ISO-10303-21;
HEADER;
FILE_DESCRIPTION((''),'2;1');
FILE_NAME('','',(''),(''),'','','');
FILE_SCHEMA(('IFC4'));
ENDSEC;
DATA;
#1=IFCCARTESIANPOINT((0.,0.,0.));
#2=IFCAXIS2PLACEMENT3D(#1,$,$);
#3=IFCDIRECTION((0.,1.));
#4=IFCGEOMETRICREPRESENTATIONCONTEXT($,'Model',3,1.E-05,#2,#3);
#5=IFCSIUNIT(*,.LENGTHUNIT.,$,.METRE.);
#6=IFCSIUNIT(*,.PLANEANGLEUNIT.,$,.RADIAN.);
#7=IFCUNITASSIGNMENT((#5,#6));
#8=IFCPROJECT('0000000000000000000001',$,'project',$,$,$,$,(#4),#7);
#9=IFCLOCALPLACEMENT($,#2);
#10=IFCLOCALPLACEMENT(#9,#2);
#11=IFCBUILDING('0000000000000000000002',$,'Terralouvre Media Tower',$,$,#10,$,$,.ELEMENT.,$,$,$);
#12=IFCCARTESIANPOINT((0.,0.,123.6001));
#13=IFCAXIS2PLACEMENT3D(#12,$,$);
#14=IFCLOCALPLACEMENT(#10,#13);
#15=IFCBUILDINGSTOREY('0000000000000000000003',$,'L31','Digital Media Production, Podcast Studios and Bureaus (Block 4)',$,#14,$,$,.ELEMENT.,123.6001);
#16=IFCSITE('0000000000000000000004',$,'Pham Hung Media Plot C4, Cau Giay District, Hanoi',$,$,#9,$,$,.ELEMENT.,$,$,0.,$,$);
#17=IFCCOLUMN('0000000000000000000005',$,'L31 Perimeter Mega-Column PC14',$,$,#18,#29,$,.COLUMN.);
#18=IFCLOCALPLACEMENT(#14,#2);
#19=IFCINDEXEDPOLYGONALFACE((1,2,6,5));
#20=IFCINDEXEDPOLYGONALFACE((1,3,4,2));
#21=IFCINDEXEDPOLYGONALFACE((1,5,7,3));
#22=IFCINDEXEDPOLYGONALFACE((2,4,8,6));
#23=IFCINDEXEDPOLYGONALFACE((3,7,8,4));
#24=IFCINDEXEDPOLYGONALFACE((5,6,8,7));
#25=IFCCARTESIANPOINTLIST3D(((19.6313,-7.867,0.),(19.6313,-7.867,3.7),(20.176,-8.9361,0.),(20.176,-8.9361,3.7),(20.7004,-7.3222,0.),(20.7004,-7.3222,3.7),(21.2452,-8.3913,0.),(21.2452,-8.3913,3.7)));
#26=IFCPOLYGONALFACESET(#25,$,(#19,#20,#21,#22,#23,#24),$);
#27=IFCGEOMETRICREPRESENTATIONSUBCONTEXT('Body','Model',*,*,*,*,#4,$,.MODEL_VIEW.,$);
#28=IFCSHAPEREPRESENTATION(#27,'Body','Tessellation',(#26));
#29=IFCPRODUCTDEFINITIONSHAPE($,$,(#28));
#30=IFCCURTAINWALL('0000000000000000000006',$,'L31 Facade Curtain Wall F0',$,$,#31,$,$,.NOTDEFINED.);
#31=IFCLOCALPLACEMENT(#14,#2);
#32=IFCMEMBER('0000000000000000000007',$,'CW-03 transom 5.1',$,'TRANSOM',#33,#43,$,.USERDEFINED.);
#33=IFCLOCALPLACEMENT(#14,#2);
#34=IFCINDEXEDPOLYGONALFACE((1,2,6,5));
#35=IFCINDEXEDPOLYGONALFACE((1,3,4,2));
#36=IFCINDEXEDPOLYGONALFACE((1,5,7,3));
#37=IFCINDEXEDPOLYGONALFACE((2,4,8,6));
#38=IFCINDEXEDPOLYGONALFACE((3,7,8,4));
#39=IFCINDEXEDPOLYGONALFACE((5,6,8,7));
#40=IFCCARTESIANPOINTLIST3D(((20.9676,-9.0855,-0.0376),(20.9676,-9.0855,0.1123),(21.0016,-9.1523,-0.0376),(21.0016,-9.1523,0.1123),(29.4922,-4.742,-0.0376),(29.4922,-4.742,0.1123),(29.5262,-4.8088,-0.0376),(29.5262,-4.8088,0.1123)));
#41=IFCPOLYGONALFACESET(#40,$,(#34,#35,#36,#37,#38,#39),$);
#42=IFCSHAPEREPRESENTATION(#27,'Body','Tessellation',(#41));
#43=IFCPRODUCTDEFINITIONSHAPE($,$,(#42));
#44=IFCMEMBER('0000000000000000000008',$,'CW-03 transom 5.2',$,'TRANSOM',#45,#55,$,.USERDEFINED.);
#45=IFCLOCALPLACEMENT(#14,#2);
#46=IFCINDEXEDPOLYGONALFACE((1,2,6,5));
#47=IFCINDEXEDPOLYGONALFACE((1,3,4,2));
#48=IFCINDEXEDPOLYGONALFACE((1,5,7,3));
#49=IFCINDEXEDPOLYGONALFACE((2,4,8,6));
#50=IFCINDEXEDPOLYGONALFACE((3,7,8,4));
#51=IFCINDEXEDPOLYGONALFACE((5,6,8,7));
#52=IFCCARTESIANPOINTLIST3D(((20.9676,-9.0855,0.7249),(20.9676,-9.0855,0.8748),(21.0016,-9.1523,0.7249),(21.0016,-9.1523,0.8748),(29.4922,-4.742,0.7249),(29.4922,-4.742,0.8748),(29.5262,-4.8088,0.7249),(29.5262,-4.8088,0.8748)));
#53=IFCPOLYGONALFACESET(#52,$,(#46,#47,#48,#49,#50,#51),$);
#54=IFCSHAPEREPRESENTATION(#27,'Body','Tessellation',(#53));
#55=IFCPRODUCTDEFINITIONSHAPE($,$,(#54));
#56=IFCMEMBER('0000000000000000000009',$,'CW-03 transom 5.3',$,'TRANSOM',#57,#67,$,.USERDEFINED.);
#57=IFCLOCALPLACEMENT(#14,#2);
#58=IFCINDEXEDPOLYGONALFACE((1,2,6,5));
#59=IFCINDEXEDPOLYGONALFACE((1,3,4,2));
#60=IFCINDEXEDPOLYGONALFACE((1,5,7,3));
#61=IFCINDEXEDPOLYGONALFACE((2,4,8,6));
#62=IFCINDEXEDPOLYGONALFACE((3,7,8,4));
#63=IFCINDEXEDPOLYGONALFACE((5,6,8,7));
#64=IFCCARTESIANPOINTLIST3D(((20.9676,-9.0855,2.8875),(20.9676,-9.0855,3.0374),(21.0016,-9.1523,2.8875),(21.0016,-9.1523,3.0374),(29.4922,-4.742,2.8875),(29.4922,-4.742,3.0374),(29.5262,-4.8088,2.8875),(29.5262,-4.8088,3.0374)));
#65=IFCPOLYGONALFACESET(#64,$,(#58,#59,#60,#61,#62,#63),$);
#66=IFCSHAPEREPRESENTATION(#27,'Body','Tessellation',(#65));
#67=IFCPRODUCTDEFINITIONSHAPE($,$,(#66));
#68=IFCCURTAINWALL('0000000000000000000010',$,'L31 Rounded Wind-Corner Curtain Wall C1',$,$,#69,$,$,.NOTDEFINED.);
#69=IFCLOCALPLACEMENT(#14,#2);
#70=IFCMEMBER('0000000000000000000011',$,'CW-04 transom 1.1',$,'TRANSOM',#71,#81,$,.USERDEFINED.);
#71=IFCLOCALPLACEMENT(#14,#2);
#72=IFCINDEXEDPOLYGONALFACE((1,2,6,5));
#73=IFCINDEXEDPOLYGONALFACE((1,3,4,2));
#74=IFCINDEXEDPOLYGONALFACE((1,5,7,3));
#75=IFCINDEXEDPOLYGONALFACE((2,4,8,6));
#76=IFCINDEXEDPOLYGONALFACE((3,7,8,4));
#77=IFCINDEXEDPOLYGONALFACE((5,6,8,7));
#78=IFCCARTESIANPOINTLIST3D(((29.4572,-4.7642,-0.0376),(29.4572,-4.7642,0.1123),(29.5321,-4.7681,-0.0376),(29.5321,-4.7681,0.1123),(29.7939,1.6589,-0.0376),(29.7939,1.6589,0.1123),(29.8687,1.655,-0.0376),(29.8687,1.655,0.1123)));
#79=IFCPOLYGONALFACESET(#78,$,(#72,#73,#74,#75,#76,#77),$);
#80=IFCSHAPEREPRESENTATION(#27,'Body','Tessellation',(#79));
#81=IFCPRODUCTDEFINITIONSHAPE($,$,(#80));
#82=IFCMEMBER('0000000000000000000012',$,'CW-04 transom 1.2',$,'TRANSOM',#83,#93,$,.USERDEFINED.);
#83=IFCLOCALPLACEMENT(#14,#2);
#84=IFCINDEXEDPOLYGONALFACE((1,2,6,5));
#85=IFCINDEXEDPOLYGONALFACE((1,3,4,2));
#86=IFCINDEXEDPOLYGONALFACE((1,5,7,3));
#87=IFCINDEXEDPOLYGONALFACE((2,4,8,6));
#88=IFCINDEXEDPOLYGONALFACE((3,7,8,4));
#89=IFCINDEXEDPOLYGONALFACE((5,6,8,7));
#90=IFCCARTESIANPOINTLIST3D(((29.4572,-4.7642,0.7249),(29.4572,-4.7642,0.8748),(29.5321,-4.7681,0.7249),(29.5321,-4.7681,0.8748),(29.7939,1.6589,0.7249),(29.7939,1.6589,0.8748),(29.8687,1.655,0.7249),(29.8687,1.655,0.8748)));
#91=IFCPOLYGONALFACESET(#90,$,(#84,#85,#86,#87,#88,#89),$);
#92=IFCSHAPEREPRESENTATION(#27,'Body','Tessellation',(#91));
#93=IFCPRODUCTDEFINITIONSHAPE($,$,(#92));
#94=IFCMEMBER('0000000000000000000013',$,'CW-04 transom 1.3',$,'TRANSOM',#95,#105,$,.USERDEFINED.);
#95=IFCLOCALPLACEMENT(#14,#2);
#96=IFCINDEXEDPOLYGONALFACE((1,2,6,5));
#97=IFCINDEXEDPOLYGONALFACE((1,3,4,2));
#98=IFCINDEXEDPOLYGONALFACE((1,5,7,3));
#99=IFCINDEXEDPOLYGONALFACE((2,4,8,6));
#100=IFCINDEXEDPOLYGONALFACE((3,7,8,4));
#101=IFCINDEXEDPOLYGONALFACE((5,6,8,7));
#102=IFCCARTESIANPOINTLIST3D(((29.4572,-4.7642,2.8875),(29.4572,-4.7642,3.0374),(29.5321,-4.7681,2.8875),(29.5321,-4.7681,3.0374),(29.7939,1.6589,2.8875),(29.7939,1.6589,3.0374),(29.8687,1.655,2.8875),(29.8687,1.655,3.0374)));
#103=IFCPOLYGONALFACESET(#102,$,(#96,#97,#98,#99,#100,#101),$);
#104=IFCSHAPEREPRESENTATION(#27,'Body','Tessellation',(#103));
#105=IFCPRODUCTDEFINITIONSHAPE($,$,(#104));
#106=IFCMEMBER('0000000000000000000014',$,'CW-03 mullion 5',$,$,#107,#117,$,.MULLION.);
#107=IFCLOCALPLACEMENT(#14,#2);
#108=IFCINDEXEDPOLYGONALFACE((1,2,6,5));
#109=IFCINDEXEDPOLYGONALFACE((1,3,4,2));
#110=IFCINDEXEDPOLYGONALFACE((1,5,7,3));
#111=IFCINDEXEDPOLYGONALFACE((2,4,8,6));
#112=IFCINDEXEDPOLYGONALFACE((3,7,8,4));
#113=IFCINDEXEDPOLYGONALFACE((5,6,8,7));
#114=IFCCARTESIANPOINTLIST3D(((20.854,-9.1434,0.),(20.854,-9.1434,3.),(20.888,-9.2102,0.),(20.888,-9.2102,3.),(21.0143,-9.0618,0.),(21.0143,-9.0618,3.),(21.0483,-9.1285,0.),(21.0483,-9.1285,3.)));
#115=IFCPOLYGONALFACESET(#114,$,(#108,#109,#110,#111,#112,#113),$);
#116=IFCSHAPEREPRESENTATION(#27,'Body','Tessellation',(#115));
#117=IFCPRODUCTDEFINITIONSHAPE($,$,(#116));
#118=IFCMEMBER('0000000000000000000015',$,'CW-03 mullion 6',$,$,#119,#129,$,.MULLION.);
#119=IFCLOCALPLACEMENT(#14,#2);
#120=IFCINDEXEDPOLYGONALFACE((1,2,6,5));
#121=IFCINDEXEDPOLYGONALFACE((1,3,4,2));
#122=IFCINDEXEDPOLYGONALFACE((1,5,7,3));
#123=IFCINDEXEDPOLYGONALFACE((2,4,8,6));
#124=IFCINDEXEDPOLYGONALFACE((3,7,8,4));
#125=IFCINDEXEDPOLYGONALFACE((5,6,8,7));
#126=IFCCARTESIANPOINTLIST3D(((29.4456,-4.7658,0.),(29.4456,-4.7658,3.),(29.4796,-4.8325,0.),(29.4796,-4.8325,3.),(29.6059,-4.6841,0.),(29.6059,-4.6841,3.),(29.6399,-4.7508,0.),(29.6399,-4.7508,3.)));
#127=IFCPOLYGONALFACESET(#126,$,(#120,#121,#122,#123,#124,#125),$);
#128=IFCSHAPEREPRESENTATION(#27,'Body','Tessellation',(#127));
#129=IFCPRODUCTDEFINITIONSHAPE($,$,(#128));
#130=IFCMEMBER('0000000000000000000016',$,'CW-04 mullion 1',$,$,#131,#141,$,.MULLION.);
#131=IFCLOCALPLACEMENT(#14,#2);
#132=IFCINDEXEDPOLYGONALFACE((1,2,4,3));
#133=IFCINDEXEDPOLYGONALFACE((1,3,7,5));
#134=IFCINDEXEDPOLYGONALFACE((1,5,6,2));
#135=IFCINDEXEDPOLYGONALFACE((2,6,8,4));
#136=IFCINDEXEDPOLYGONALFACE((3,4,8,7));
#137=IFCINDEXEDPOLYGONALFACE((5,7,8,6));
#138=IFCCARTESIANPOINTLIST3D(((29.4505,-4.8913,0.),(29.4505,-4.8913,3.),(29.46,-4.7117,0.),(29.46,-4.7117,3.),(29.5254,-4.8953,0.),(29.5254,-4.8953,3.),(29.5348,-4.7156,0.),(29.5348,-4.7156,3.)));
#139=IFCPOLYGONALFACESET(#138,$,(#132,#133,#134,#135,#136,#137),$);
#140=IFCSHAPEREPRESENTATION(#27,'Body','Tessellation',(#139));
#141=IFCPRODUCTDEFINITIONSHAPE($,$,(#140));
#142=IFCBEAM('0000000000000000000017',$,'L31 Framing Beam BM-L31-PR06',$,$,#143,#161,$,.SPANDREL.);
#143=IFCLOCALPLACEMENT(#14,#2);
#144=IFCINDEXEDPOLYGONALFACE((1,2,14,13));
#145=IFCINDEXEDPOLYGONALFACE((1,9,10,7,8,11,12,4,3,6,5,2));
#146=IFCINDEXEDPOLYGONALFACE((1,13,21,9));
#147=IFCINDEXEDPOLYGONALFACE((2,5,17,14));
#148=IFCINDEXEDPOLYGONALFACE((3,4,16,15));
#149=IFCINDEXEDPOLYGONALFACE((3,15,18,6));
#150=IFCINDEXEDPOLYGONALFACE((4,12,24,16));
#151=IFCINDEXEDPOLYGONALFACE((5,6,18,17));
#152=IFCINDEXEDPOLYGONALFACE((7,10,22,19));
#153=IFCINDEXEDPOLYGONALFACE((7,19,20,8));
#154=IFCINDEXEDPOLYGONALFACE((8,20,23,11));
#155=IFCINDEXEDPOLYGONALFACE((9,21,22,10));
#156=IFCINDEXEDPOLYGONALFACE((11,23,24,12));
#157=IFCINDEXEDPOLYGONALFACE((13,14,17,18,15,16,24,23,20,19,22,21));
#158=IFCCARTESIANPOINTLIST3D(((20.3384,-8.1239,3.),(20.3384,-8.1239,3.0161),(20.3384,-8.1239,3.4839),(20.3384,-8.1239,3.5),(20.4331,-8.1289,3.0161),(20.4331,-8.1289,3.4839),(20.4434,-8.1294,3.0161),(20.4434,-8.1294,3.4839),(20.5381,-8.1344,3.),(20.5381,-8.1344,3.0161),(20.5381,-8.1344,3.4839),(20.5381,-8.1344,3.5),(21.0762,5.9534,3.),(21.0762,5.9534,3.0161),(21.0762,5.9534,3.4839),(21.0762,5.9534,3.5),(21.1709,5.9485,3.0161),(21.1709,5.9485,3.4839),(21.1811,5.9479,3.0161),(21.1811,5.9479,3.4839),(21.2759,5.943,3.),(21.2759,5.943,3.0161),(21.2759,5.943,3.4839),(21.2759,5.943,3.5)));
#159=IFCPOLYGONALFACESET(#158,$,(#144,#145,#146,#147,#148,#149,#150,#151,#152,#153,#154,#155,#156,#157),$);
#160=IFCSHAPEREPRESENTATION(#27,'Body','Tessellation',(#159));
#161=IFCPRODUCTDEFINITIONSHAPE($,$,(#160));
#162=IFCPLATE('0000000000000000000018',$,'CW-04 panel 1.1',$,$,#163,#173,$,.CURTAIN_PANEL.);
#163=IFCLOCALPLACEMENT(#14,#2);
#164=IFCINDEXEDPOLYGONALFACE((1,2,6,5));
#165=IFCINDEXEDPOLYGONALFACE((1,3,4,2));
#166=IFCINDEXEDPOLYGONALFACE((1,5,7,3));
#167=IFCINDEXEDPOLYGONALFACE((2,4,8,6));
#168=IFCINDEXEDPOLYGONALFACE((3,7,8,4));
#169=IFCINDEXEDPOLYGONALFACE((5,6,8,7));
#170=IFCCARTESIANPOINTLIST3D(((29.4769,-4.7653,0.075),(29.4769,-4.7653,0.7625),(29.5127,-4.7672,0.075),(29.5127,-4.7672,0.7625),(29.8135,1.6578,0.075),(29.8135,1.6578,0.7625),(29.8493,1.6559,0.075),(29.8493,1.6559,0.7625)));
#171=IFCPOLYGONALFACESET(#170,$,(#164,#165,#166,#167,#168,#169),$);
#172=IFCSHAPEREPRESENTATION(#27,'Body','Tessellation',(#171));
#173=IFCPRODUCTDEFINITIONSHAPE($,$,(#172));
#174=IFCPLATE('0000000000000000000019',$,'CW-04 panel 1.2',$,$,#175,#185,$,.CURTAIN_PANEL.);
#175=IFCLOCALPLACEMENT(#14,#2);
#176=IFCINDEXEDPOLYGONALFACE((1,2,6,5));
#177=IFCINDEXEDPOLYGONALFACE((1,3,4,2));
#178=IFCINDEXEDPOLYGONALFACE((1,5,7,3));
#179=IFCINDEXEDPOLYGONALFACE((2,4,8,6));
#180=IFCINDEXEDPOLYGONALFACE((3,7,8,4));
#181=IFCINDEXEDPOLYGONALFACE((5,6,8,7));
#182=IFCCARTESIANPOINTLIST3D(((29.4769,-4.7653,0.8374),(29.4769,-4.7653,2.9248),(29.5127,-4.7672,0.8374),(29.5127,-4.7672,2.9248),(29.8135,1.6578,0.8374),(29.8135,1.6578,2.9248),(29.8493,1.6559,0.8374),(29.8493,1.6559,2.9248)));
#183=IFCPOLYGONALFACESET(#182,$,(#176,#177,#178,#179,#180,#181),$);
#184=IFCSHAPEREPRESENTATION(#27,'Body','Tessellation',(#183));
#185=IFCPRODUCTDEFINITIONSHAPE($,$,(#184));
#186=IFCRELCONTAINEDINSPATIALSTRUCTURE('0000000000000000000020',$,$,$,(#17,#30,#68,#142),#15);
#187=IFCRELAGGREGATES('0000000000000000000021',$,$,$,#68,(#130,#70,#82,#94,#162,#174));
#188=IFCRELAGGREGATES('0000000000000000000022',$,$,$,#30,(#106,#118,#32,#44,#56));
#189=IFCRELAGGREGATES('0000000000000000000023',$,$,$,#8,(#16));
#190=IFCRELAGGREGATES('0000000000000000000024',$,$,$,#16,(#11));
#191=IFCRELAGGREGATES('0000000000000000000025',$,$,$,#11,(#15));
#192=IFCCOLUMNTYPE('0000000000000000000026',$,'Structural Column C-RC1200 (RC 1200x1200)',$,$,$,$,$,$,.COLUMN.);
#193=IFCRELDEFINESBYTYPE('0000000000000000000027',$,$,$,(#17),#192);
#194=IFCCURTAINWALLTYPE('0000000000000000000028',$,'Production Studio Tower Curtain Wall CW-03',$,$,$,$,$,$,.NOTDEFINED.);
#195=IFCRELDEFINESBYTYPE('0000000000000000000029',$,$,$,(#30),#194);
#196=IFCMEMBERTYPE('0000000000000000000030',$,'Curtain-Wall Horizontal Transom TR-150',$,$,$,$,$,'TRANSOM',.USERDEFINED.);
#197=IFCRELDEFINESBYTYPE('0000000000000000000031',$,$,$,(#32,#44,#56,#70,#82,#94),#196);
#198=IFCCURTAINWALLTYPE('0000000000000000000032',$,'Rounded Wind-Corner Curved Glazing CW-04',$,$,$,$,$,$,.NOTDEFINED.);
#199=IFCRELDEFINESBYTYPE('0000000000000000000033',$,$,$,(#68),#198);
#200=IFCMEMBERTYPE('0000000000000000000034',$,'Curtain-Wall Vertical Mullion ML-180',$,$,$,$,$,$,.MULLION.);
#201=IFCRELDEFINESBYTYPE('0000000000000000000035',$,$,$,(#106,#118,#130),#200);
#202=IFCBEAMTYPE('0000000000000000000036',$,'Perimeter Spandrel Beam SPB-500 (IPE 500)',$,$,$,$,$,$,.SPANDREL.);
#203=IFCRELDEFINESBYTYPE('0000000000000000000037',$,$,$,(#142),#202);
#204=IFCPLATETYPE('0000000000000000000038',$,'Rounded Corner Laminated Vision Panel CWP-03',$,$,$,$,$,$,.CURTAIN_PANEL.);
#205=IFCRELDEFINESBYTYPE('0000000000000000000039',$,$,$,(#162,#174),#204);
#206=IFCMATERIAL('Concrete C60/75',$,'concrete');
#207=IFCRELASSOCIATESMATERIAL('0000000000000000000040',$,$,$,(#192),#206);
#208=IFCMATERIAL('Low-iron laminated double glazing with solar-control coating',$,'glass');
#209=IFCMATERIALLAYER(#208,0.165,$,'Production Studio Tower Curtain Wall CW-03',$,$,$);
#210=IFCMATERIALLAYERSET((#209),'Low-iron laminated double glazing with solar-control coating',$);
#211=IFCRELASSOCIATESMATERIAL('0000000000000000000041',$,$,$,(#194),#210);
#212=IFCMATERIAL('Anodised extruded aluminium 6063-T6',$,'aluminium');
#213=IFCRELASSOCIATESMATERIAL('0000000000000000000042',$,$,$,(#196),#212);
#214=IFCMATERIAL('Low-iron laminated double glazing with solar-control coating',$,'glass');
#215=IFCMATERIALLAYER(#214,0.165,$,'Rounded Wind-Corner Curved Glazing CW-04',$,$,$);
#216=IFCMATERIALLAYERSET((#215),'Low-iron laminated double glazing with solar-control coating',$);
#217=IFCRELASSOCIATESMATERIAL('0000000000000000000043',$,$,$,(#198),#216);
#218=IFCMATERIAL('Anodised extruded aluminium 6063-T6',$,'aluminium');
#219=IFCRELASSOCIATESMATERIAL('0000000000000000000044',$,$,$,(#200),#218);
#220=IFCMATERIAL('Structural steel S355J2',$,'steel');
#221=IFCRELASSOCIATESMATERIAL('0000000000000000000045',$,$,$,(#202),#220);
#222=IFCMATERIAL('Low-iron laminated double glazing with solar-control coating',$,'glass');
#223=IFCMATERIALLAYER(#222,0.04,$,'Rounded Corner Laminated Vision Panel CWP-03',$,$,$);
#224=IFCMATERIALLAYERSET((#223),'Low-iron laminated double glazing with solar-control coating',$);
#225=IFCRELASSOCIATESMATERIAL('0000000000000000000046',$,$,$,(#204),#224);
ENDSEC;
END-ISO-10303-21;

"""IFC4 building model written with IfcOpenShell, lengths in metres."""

from ifc_helpers import new_model, si_unit, direction, frame, origin, origin_2d, place, context, subcontext, project, spatial, rectangle, i_section, extrude, material, layer, layer_set, material_profile, profile_set, type_object, element, aggregate, save


model = new_model("IFC4")

# Units and contexts
model_context = context("Model", 3, precision=1e-05, world=origin(), true_north=direction((0.0, 1.0)))
body_context = subcontext(model_context, "Body", "Model", "MODEL_VIEW")
ifc_project = project(units=[si_unit("LENGTHUNIT", "METRE"), si_unit("PLANEANGLEUNIT", "RADIAN")], contexts=[model_context])

# Site, building, storey
site_placement = place(None, origin())
site = spatial("IfcSite", under=ifc_project, at=site_placement, Name="Pham Hung Media Plot C4, Cau Giay District, Hanoi", CompositionType="ELEMENT", RefElevation=0.0)
building_placement = place(site_placement, origin())
building = spatial("IfcBuilding", under=site, at=building_placement, Name="Terralouvre Media Tower", CompositionType="ELEMENT")
storey_placement = place(building_placement, frame((0.0, 0.0, 123.6001)))
storey = spatial("IfcBuildingStorey", under=building, at=storey_placement, Name="L31", Description="Digital Media Production, Podcast Studios and Bureaus (Block 4)", CompositionType="ELEMENT", Elevation=123.6001)

# Column
ifc_material_1 = material(Name="Concrete C60/75", Category="concrete")
ifc_material_profile_1 = material_profile(ifc_material_1, rectangle(XDim=1.2, YDim=1.2, at=origin_2d()), Name="RC 1200x1200")
ifc_profile_set_1 = profile_set([ifc_material_profile_1], Name="Concrete C60/75")
column_type = type_object("IfcColumnType", Name="Structural Column C-RC1200 (RC 1200x1200)", PredefinedType="COLUMN", material=ifc_profile_set_1)
column_placement = place(storey_placement, frame((20.4382, -8.1292, 0.0), z_axis=(0.0, 0.0, 1.0), x_axis=(0.891007, 0.45399, 0.0)))
element("IfcColumn", 1, at=column_placement, inside=storey, type_object=column_type, Name="L31 Perimeter Mega-Column PC14", PredefinedType="COLUMN", context=body_context, shape_type="SweptSolid", body=[
    extrude(rectangle(XDim=1.2, YDim=1.2, at=origin_2d()), origin(), (0.0, 0.0, 1.0), 3.7),
])

# Curtain walls, members
ifc_material_2 = material(Name="Low-iron laminated double glazing with solar-control coating", Category="glass")
ifc_layer_1 = layer(ifc_material_2, 0.165, Name="Production Studio Tower Curtain Wall CW-03")
ifc_layer_set_1 = layer_set([ifc_layer_1], Name="Low-iron laminated double glazing with solar-control coating")
curtain_wall_type_1 = type_object("IfcCurtainWallType", Name="Production Studio Tower Curtain Wall CW-03", PredefinedType="NOTDEFINED", material=ifc_layer_set_1)
curtain_wall_1_placement = place(storey_placement, origin())
curtain_wall_1 = element("IfcCurtainWall", 2, at=curtain_wall_1_placement, inside=storey, type_object=curtain_wall_type_1, Name="L31 Facade Curtain Wall F0", PredefinedType="NOTDEFINED")
ifc_material_3 = material(Name="Anodised extruded aluminium 6063-T6", Category="aluminium")
ifc_material_profile_2 = material_profile(ifc_material_3, rectangle(XDim=0.075, YDim=0.1499, at=origin_2d()), Name="ALU 75x150")
ifc_profile_set_2 = profile_set([ifc_material_profile_2], Name="Anodised extruded aluminium 6063-T6")
member_type_1 = type_object("IfcMemberType", Name="Curtain-Wall Horizontal Transom TR-150", ElementType="TRANSOM", PredefinedType="USERDEFINED", material=ifc_profile_set_2)
member_1_placement = place(storey_placement, frame((20.9846, -9.1189, 0.0374), z_axis=(0.891008, 0.453988, 0.0), x_axis=(-0.453988, 0.891008, 0.0)))
member_1 = element("IfcMember", 3, at=member_1_placement, type_object=member_type_1, Name="CW-03 transom 5.1", ObjectType="TRANSOM", PredefinedType="USERDEFINED", context=body_context, shape_type="SweptSolid", body=[
    extrude(rectangle(XDim=0.075, YDim=0.1499, at=origin_2d()), origin(), (0.0, 0.0, 1.0), 9.5674),
])
member_2_placement = place(storey_placement, frame((20.9846, -9.1189, 0.7998), z_axis=(0.891008, 0.453988, 0.0), x_axis=(-0.453988, 0.891008, 0.0)))
member_2 = element("IfcMember", 4, at=member_2_placement, type_object=member_type_1, Name="CW-03 transom 5.2", ObjectType="TRANSOM", PredefinedType="USERDEFINED", context=body_context, shape_type="SweptSolid", body=[
    extrude(rectangle(XDim=0.075, YDim=0.1499, at=origin_2d()), origin(), (0.0, 0.0, 1.0), 9.5674),
])
member_3_placement = place(storey_placement, frame((20.9846, -9.1189, 2.9624), z_axis=(0.891008, 0.453988, 0.0), x_axis=(-0.453988, 0.891008, 0.0)))
member_3 = element("IfcMember", 5, at=member_3_placement, type_object=member_type_1, Name="CW-03 transom 5.3", ObjectType="TRANSOM", PredefinedType="USERDEFINED", context=body_context, shape_type="SweptSolid", body=[
    extrude(rectangle(XDim=0.075, YDim=0.1499, at=origin_2d()), origin(), (0.0, 0.0, 1.0), 9.5674),
])
ifc_material_4 = material(Name="Low-iron laminated double glazing with solar-control coating", Category="glass")
ifc_layer_2 = layer(ifc_material_4, 0.165, Name="Rounded Wind-Corner Curved Glazing CW-04")
ifc_layer_set_2 = layer_set([ifc_layer_2], Name="Low-iron laminated double glazing with solar-control coating")
curtain_wall_type_2 = type_object("IfcCurtainWallType", Name="Rounded Wind-Corner Curved Glazing CW-04", PredefinedType="NOTDEFINED", material=ifc_layer_set_2)
curtain_wall_2_placement = place(storey_placement, origin())
curtain_wall_2 = element("IfcCurtainWall", 6, at=curtain_wall_2_placement, inside=storey, type_object=curtain_wall_type_2, Name="L31 Rounded Wind-Corner Curtain Wall C1", PredefinedType="NOTDEFINED")
member_4_placement = place(storey_placement, frame((29.4946, -4.7661, 0.0374), z_axis=(0.052344, 0.998629, 0.0), x_axis=(-0.998629, 0.052344, 0.0)))
member_4 = element("IfcMember", 7, at=member_4_placement, type_object=member_type_1, Name="CW-04 transom 1.1", ObjectType="TRANSOM", PredefinedType="USERDEFINED", context=body_context, shape_type="SweptSolid", body=[
    extrude(rectangle(XDim=0.075, YDim=0.1499, at=origin_2d()), origin(), (0.0, 0.0, 1.0), 6.4319),
])
member_5_placement = place(storey_placement, frame((29.4946, -4.7661, 0.7998), z_axis=(0.052344, 0.998629, 0.0), x_axis=(-0.998629, 0.052344, 0.0)))
member_5 = element("IfcMember", 8, at=member_5_placement, type_object=member_type_1, Name="CW-04 transom 1.2", ObjectType="TRANSOM", PredefinedType="USERDEFINED", context=body_context, shape_type="SweptSolid", body=[
    extrude(rectangle(XDim=0.075, YDim=0.1499, at=origin_2d()), origin(), (0.0, 0.0, 1.0), 6.4319),
])
member_6_placement = place(storey_placement, frame((29.4946, -4.7661, 2.9624), z_axis=(0.052344, 0.998629, 0.0), x_axis=(-0.998629, 0.052344, 0.0)))
member_6 = element("IfcMember", 9, at=member_6_placement, type_object=member_type_1, Name="CW-04 transom 1.3", ObjectType="TRANSOM", PredefinedType="USERDEFINED", context=body_context, shape_type="SweptSolid", body=[
    extrude(rectangle(XDim=0.075, YDim=0.1499, at=origin_2d()), origin(), (0.0, 0.0, 1.0), 6.4319),
])

# Members
ifc_material_5 = material(Name="Anodised extruded aluminium 6063-T6", Category="aluminium")
ifc_material_profile_3 = material_profile(ifc_material_5, rectangle(XDim=0.075, YDim=0.1799, at=origin_2d()), Name="ALU 75x180")
ifc_profile_set_3 = profile_set([ifc_material_profile_3], Name="Anodised extruded aluminium 6063-T6")
member_type_2 = type_object("IfcMemberType", Name="Curtain-Wall Vertical Mullion ML-180", PredefinedType="MULLION", material=ifc_profile_set_3)
member_7_placement = place(storey_placement, frame((20.9512, -9.136, 0.0), z_axis=(0.0, 0.0, 1.0), x_axis=(-0.453991, 0.891007, 0.0)))
member_7 = element("IfcMember", 10, at=member_7_placement, type_object=member_type_2, Name="CW-03 mullion 5", PredefinedType="MULLION", context=body_context, shape_type="SweptSolid", body=[
    extrude(rectangle(XDim=0.075, YDim=0.1799, at=origin_2d()), origin(), (0.0, 0.0, 1.0), 3.0),
])
member_8_placement = place(storey_placement, frame((29.5427, -4.7583, 0.0), z_axis=(0.0, 0.0, 1.0), x_axis=(-0.453991, 0.891007, 0.0)))
member_8 = element("IfcMember", 11, at=member_8_placement, type_object=member_type_2, Name="CW-03 mullion 6", PredefinedType="MULLION", context=body_context, shape_type="SweptSolid", body=[
    extrude(rectangle(XDim=0.075, YDim=0.1799, at=origin_2d()), origin(), (0.0, 0.0, 1.0), 3.0),
])
member_9_placement = place(storey_placement, frame((29.4927, -4.8035, 0.0), z_axis=(0.0, 0.0, 1.0), x_axis=(-0.998629, 0.052337, 0.0)))
member_9 = element("IfcMember", 12, at=member_9_placement, type_object=member_type_2, Name="CW-04 mullion 1", PredefinedType="MULLION", context=body_context, shape_type="SweptSolid", body=[
    extrude(rectangle(XDim=0.075, YDim=0.1799, at=origin_2d()), origin(), (0.0, 0.0, 1.0), 3.0),
])

# Beam
ifc_material_6 = material(Name="Structural steel S355J2", Category="steel")
ifc_material_profile_4 = material_profile(ifc_material_6, i_section(OverallWidth=0.2, OverallDepth=0.5, WebThickness=0.0103, FlangeThickness=0.0161, at=origin_2d()), Name="IPE 500")
ifc_profile_set_4 = profile_set([ifc_material_profile_4], Name="Structural steel S355J2")
beam_type = type_object("IfcBeamType", Name="Perimeter Spandrel Beam SPB-500 (IPE 500)", PredefinedType="SPANDREL", material=ifc_profile_set_4)
beam_placement = place(storey_placement, frame((20.4382, -8.1292, 3.25), z_axis=(0.052338, 0.998629, 0.0), x_axis=(-0.998629, 0.052338, 0.0)))
element("IfcBeam", 13, at=beam_placement, inside=storey, type_object=beam_type, Name="L31 Framing Beam BM-L31-PR06", PredefinedType="SPANDREL", context=body_context, shape_type="SweptSolid", body=[
    extrude(i_section(OverallWidth=0.2, OverallDepth=0.5, WebThickness=0.0103, FlangeThickness=0.0161, at=origin_2d()), origin(), (0.0, 0.0, 1.0), 14.0967),
])

# Plates
ifc_material_7 = material(Name="Low-iron laminated double glazing with solar-control coating", Category="glass")
ifc_layer_3 = layer(ifc_material_7, 0.04, Name="Rounded Corner Laminated Vision Panel CWP-03")
ifc_layer_set_3 = layer_set([ifc_layer_3], Name="Low-iron laminated double glazing with solar-control coating")
plate_type_1 = type_object("IfcPlateType", Name="Rounded Corner Laminated Vision Panel CWP-03", PredefinedType="CURTAIN_PANEL", material=ifc_layer_set_3)
plate_1_placement = place(storey_placement, frame((29.6631, -1.5547, 0.075), z_axis=(0.0, 0.0, 1.0), x_axis=(0.052337, 0.998629, 0.0)))
plate_1 = element("IfcPlate", 14, at=plate_1_placement, type_object=plate_type_1, Name="CW-04 panel 1.1", PredefinedType="CURTAIN_PANEL", context=body_context, shape_type="SweptSolid", body=[
    extrude(rectangle(XDim=6.4319, YDim=0.0359, at=origin_2d()), origin(), (0.0, 0.0, 1.0), 0.6875),
])
plate_2_placement = place(storey_placement, frame((29.6631, -1.5547, 0.8374), z_axis=(0.0, 0.0, 1.0), x_axis=(0.052337, 0.998629, 0.0)))
plate_2 = element("IfcPlate", 15, at=plate_2_placement, type_object=plate_type_1, Name="CW-04 panel 1.2", PredefinedType="CURTAIN_PANEL", context=body_context, shape_type="SweptSolid", body=[
    extrude(rectangle(XDim=6.4319, YDim=0.0359, at=origin_2d()), origin(), (0.0, 0.0, 1.0), 2.0874),
])
aggregate(curtain_wall_2, [member_9, member_4, member_5, member_6, plate_1, plate_2])
aggregate(curtain_wall_1, [member_7, member_8, member_1, member_2, member_3])

save(model, "model.ifc")
